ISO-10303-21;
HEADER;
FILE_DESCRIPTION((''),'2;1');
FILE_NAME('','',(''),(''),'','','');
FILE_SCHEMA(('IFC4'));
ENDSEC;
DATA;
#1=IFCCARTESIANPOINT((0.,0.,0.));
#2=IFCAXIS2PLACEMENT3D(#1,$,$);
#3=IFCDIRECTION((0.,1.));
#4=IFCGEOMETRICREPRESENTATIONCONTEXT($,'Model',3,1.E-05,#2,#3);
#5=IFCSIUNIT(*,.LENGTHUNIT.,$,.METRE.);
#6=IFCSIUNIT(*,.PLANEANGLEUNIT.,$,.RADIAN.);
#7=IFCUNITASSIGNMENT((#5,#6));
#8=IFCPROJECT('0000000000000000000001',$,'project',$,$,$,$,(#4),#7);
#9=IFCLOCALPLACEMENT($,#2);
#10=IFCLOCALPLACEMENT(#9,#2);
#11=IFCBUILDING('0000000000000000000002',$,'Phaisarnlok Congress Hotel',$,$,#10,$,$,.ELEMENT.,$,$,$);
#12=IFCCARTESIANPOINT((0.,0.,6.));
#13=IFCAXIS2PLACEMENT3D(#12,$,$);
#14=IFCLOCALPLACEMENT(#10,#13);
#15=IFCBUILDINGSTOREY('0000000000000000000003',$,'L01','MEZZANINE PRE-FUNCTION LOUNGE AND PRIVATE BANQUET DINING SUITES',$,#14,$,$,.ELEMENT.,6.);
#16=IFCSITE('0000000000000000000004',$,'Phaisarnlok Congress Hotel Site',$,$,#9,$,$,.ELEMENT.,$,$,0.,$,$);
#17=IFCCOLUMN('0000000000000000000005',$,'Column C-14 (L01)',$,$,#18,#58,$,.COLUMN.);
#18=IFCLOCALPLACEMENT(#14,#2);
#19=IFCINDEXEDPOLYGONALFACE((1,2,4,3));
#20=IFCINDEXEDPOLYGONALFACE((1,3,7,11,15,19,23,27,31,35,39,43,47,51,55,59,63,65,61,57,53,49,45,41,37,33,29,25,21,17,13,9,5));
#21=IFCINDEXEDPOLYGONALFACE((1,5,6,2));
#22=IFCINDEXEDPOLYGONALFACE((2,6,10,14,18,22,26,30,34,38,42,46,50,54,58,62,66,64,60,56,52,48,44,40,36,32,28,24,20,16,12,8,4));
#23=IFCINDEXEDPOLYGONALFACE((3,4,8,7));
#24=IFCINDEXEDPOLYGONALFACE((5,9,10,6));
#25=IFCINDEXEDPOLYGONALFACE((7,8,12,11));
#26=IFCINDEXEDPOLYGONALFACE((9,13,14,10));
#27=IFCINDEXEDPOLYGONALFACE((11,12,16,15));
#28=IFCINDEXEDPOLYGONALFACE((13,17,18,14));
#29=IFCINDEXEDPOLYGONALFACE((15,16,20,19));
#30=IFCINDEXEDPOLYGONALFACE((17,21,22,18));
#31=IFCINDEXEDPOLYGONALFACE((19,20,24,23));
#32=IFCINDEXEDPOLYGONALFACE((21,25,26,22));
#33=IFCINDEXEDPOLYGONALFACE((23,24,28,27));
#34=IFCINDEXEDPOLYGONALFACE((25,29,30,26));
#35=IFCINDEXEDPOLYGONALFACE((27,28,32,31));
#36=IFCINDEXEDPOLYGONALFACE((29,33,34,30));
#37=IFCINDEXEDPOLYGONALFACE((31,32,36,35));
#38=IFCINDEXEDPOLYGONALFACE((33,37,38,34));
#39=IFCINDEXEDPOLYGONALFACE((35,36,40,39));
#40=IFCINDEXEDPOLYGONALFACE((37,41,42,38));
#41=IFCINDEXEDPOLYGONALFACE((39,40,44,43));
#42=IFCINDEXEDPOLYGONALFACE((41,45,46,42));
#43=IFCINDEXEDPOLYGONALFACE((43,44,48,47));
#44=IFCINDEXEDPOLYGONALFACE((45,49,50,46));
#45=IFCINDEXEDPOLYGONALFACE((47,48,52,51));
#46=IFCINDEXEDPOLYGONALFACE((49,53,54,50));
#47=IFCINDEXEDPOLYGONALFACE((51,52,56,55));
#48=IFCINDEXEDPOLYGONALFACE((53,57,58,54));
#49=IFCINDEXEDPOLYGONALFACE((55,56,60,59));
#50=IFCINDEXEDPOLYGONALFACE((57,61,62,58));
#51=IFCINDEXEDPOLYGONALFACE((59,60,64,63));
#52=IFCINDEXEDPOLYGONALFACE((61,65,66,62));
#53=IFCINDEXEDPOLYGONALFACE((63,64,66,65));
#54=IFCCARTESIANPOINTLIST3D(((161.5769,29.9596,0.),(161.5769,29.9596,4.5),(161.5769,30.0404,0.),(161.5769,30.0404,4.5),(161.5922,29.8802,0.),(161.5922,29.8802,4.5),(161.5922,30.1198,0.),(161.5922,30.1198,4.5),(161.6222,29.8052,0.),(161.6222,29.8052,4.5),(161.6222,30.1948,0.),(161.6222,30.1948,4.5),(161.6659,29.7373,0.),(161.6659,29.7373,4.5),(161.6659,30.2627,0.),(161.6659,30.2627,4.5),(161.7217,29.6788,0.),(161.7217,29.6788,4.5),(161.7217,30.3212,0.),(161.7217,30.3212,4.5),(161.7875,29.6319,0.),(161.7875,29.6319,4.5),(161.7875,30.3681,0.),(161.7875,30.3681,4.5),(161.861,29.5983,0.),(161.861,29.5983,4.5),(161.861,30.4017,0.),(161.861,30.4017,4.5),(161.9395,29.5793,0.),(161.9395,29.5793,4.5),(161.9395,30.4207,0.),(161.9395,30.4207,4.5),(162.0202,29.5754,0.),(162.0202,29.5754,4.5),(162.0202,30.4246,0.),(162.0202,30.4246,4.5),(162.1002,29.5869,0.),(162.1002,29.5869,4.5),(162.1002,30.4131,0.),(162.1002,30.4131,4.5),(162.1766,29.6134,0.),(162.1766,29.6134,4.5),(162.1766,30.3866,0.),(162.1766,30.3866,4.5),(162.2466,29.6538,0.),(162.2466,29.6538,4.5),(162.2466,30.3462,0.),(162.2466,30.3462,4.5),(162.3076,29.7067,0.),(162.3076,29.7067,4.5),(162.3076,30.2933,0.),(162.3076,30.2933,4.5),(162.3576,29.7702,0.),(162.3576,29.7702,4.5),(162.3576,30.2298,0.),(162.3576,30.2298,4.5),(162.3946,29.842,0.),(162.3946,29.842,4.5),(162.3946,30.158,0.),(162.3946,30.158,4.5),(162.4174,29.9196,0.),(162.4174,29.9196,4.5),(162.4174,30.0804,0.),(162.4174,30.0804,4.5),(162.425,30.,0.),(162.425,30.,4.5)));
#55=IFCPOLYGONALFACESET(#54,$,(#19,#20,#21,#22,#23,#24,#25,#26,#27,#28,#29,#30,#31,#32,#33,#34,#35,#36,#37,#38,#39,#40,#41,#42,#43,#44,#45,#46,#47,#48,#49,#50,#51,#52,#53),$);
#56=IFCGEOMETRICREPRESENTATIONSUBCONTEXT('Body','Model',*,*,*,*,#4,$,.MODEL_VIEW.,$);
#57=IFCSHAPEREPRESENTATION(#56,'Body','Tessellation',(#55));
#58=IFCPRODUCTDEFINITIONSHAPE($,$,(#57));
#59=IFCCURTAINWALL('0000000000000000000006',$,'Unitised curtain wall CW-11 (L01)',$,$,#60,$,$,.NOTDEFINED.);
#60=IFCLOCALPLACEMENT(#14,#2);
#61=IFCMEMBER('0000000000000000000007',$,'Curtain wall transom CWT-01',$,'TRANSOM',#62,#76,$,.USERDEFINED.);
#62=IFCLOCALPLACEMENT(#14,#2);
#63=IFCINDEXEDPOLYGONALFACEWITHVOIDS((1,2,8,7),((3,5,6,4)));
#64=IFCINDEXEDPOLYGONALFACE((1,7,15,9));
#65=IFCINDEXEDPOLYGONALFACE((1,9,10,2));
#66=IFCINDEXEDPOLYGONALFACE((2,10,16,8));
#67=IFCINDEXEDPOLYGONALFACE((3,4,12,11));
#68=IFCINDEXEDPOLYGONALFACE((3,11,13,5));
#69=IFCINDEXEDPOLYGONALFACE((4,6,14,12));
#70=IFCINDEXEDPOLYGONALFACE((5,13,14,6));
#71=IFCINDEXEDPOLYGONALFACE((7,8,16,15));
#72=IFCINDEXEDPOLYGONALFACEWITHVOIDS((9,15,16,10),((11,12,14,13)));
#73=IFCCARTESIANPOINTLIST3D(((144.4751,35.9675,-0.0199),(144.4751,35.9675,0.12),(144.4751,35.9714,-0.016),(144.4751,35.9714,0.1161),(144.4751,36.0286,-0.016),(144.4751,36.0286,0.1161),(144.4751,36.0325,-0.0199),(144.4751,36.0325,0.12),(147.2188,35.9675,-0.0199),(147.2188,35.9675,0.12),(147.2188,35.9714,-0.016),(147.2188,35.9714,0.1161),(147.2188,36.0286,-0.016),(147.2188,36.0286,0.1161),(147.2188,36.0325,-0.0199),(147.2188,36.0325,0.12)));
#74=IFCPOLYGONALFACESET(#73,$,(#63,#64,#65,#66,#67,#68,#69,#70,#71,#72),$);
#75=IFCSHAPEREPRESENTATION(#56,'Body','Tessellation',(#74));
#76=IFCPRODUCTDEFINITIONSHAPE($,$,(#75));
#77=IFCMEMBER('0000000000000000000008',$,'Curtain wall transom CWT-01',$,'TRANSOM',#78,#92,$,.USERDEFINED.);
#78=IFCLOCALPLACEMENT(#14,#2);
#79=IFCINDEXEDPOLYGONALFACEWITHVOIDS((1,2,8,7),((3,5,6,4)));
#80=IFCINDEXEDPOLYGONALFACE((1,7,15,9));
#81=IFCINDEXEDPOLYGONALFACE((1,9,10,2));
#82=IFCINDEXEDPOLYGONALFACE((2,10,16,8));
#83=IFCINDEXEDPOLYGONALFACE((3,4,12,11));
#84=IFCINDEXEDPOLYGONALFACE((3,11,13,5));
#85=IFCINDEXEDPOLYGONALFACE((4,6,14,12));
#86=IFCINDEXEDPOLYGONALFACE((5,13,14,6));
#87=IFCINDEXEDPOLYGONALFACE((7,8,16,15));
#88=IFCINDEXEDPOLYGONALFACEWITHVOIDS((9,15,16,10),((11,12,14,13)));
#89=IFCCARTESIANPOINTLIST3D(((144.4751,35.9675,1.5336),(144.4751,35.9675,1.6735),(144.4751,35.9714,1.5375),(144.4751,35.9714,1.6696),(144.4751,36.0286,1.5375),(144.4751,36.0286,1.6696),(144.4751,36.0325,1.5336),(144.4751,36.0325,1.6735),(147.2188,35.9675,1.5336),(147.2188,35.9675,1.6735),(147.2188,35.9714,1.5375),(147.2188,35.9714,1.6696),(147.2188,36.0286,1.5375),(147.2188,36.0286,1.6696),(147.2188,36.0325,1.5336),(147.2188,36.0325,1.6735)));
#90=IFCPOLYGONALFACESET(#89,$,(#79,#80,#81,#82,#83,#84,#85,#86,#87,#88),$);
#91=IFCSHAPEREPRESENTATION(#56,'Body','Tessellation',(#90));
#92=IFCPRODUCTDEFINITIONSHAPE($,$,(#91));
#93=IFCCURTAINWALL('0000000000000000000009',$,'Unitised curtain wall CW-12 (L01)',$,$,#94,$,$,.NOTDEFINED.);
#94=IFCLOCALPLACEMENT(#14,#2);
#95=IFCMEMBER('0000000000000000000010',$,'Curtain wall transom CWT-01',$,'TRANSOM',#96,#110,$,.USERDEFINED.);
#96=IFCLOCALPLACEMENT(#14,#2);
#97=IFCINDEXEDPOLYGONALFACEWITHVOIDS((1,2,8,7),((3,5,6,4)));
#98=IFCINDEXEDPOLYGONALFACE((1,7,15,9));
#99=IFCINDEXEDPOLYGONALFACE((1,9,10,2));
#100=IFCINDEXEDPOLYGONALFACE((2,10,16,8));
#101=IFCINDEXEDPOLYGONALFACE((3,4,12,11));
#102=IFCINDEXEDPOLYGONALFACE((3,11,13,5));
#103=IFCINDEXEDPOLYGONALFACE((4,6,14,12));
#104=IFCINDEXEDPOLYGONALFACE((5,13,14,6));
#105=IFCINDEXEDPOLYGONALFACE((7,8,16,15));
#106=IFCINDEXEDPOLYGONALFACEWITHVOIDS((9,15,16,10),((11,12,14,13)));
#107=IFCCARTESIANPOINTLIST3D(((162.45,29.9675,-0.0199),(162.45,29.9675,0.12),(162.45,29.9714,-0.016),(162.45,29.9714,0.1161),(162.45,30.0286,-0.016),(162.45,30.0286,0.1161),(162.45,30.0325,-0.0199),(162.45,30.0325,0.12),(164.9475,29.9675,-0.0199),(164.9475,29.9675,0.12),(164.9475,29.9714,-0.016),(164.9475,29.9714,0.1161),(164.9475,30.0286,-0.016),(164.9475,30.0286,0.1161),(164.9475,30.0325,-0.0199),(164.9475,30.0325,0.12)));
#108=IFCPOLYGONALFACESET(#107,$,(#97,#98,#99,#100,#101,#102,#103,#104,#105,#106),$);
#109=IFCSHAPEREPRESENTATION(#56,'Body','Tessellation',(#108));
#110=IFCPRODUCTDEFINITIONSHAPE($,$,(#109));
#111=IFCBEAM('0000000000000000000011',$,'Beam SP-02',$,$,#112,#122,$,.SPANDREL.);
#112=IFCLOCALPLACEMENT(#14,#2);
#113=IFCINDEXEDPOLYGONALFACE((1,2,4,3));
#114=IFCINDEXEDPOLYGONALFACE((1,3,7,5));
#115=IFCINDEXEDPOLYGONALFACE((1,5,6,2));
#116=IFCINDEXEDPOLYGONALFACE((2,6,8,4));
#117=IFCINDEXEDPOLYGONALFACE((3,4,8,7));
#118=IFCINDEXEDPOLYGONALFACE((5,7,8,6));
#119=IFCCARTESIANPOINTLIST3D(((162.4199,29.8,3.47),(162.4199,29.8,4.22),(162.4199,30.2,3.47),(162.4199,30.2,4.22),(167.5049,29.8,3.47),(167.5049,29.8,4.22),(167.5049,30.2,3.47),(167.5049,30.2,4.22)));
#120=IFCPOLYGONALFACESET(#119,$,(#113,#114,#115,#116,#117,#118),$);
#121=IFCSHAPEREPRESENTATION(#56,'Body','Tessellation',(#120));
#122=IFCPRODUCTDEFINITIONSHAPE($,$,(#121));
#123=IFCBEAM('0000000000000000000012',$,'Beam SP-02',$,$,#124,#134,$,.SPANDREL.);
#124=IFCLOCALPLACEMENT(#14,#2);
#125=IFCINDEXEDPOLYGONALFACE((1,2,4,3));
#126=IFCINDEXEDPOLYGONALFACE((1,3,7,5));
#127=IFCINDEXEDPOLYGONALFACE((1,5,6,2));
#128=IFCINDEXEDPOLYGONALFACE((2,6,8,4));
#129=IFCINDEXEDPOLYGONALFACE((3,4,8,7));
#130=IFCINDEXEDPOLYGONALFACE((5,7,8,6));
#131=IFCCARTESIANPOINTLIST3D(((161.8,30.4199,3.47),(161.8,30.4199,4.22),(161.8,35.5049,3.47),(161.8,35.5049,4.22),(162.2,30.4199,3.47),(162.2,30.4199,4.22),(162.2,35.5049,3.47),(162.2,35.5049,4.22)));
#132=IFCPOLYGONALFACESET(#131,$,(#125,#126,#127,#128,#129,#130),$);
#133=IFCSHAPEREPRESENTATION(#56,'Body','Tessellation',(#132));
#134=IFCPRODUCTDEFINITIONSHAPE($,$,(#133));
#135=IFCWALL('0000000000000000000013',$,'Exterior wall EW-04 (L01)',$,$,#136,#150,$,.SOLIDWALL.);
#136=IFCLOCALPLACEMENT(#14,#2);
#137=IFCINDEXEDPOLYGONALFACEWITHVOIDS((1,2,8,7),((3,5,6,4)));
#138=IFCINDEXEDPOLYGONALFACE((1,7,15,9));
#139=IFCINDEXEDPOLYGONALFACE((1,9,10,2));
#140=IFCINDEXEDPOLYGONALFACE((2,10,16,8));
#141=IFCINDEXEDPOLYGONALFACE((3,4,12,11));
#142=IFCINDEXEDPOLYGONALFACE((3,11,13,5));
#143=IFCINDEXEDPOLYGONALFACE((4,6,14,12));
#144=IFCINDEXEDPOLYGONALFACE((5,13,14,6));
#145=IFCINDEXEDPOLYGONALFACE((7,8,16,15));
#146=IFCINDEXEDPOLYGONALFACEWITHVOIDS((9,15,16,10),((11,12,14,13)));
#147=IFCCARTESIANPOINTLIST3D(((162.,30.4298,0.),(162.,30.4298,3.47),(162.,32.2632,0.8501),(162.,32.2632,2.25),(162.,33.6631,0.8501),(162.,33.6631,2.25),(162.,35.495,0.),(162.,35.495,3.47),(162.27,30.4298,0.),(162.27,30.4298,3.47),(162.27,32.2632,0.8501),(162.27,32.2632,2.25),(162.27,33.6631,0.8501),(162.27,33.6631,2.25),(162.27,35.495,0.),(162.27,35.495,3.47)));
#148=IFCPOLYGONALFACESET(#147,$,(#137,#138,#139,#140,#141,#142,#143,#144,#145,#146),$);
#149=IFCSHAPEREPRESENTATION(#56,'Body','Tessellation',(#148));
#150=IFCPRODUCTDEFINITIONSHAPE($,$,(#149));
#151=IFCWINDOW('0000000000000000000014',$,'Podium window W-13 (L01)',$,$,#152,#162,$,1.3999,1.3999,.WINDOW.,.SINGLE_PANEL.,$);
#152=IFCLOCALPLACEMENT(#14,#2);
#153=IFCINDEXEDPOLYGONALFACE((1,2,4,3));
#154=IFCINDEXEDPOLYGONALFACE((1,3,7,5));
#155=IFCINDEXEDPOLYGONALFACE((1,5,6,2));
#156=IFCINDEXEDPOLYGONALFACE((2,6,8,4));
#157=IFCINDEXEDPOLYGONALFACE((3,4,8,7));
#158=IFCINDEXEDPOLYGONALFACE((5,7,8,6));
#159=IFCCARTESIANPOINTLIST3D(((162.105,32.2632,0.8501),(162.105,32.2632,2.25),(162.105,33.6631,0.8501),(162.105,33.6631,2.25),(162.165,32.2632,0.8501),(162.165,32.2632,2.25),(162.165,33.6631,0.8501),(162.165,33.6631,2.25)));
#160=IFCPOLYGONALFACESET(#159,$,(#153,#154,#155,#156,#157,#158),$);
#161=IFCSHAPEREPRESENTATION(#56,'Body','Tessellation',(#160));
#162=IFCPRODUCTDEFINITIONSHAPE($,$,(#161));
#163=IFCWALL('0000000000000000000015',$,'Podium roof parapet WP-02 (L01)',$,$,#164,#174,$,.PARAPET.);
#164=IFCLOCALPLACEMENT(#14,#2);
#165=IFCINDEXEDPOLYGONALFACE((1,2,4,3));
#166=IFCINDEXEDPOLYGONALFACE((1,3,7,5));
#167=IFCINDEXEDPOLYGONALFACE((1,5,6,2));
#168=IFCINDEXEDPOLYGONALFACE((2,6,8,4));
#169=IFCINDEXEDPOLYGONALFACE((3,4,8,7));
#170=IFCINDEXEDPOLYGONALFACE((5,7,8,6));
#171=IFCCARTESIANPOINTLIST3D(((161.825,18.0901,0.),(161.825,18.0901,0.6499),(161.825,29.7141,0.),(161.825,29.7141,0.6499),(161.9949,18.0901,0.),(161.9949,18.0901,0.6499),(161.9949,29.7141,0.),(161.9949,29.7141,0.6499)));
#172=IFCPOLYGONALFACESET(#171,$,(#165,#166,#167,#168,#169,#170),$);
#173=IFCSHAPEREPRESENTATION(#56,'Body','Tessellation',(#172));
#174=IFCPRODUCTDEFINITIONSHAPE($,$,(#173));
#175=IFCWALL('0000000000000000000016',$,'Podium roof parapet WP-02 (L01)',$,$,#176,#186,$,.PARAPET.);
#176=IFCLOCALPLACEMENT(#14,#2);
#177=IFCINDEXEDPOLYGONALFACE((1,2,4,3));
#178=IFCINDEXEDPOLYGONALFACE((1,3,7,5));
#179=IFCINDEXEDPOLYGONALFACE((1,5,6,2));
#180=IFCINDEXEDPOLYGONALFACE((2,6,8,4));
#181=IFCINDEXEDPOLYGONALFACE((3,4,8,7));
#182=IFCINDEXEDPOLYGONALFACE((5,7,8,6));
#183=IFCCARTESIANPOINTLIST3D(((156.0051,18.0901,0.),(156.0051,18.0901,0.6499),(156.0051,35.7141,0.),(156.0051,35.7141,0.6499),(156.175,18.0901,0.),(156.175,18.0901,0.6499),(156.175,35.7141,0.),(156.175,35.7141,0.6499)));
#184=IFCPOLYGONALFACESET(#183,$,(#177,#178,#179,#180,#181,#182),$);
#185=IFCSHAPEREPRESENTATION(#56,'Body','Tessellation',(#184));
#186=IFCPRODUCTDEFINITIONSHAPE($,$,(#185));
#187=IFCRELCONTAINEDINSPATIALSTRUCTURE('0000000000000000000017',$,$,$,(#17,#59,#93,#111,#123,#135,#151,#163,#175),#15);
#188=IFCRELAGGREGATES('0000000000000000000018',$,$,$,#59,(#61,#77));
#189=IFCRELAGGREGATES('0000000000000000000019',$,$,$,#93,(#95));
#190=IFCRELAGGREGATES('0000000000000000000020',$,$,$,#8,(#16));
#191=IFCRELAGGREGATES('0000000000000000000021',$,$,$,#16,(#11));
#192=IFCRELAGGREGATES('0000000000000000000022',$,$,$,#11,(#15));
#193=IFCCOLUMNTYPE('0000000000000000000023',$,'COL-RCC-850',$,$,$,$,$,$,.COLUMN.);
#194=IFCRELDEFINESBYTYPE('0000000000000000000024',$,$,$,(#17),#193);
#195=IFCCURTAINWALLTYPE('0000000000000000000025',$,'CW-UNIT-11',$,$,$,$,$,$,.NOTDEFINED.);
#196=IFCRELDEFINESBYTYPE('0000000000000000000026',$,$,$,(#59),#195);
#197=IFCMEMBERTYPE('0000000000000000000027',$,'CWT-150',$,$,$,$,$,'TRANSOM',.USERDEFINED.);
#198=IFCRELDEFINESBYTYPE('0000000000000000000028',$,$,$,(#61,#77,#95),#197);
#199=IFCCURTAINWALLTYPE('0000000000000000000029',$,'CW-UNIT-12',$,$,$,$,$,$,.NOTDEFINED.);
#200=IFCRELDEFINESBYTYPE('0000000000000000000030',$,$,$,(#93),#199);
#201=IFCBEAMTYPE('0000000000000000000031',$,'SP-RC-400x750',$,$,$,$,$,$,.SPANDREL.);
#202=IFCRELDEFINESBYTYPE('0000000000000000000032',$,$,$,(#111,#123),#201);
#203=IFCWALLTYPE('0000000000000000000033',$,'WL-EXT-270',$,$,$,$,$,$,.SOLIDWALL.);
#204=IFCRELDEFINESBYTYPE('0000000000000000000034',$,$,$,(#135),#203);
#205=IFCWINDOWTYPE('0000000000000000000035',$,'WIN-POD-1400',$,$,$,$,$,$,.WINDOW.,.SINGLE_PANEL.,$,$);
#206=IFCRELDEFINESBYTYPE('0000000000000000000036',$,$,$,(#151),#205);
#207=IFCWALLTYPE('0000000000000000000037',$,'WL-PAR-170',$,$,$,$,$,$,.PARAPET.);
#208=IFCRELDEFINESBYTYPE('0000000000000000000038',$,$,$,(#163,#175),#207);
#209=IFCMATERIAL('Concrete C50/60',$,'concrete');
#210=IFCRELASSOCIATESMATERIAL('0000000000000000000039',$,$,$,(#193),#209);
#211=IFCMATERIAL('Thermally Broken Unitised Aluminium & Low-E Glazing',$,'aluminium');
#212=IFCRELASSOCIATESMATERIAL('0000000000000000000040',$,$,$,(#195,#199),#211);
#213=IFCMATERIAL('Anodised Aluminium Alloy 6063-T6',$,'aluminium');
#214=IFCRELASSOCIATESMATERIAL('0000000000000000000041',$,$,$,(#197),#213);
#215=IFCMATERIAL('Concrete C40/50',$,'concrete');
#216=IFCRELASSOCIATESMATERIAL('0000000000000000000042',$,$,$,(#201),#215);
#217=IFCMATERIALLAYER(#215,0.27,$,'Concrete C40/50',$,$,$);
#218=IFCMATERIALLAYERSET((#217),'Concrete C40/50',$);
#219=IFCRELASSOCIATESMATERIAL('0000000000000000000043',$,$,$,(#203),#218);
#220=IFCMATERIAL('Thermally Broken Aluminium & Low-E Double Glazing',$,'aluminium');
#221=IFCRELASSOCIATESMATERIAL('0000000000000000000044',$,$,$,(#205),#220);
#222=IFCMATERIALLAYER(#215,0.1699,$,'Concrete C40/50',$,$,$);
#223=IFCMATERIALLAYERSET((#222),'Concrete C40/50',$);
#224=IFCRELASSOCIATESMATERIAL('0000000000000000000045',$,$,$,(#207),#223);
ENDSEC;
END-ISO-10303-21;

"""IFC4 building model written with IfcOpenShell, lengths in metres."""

from ifc_helpers import new_model, si_unit, direction, frame, frame_2d, origin, origin_2d, place, context, subcontext, project, spatial, rectangle, hollow_rectangle, circle, extrude, material, layer, layer_set, material_profile, profile_set, type_object, element, fill, aggregate, save


model = new_model("IFC4")

# Units and contexts
model_context = context("Model", 3, precision=1e-05, world=origin(), true_north=direction((0.0, 1.0)))
body_context = subcontext(model_context, "Body", "Model", "MODEL_VIEW")
ifc_project = project(units=[si_unit("LENGTHUNIT", "METRE"), si_unit("PLANEANGLEUNIT", "RADIAN")], contexts=[model_context])

# Site, building, storey
site_placement = place(None, origin())
site = spatial("IfcSite", under=ifc_project, at=site_placement, Name="Phaisarnlok Congress Hotel Site", CompositionType="ELEMENT", RefElevation=0.0)
building_placement = place(site_placement, origin())
building = spatial("IfcBuilding", under=site, at=building_placement, Name="Phaisarnlok Congress Hotel", CompositionType="ELEMENT")
storey_placement = place(building_placement, frame((0.0, 0.0, 6.0)))
storey = spatial("IfcBuildingStorey", under=building, at=storey_placement, Name="L01", Description="MEZZANINE PRE-FUNCTION LOUNGE AND PRIVATE BANQUET DINING SUITES", CompositionType="ELEMENT", Elevation=6.0)

# Column
ifc_material_1 = material(Name="Concrete C50/60", Category="concrete")
ifc_material_profile_1 = material_profile(ifc_material_1, circle(Radius=0.425, at=origin_2d()), Name="RCC D850")
ifc_profile_set_1 = profile_set([ifc_material_profile_1], Name="Concrete C50/60")
column_type = type_object("IfcColumnType", Name="COL-RCC-850", PredefinedType="COLUMN", material=ifc_profile_set_1)
column_placement = place(storey_placement, frame((162.0, 30.0, 0.0), z_axis=(0.0, 0.0, 1.0), x_axis=(1.0, 0.0, 0.0)))
element("IfcColumn", 1, at=column_placement, inside=storey, type_object=column_type, Name="Column C-14 (L01)", PredefinedType="COLUMN", context=body_context, shape_type="SweptSolid", body=[
    extrude(circle(Radius=0.425, at=origin_2d()), origin(), (0.0, 0.0, 1.0), 4.5),
])

# Curtain wall, members
ifc_material_2 = material(Name="Thermally Broken Unitised Aluminium & Low-E Glazing", Category="aluminium")
curtain_wall_type_1 = type_object("IfcCurtainWallType", Name="CW-UNIT-11", PredefinedType="NOTDEFINED", material=ifc_material_2)
curtain_wall_1_placement = place(storey_placement, origin())
curtain_wall_1 = element("IfcCurtainWall", 2, at=curtain_wall_1_placement, inside=storey, type_object=curtain_wall_type_1, Name="Unitised curtain wall CW-11 (L01)", PredefinedType="NOTDEFINED")
ifc_material_3 = material(Name="Anodised Aluminium Alloy 6063-T6", Category="aluminium")
ifc_material_profile_2 = material_profile(ifc_material_3, hollow_rectangle(XDim=0.0649, YDim=0.1399, WallThickness=0.0039, at=origin_2d()), Name="ALU-T 65x140x4")
ifc_profile_set_2 = profile_set([ifc_material_profile_2], Name="Anodised Aluminium Alloy 6063-T6")
member_type = type_object("IfcMemberType", Name="CWT-150", ElementType="TRANSOM", PredefinedType="USERDEFINED", material=ifc_profile_set_2)
member_1_placement = place(storey_placement, frame((144.4751, 36.0, 0.05), z_axis=(1.0, 0.0, 0.0), x_axis=(0.0, 1.0, 0.0)))
member_1 = element("IfcMember", 3, at=member_1_placement, type_object=member_type, Name="Curtain wall transom CWT-01", ObjectType="TRANSOM", PredefinedType="USERDEFINED", context=body_context, shape_type="SweptSolid", body=[
    extrude(hollow_rectangle(XDim=0.0649, YDim=0.1399, WallThickness=0.0039, at=origin_2d()), origin(), (0.0, 0.0, 1.0), 2.7437),
])
member_2_placement = place(storey_placement, frame((144.4751, 36.0, 1.6035), z_axis=(1.0, 0.0, 0.0), x_axis=(0.0, 1.0, 0.0)))
member_2 = element("IfcMember", 4, at=member_2_placement, type_object=member_type, Name="Curtain wall transom CWT-01", ObjectType="TRANSOM", PredefinedType="USERDEFINED", context=body_context, shape_type="SweptSolid", body=[
    extrude(hollow_rectangle(XDim=0.0649, YDim=0.1399, WallThickness=0.0039, at=origin_2d()), origin(), (0.0, 0.0, 1.0), 2.7437),
])
aggregate(curtain_wall_1, [member_1, member_2])

# Curtain wall, member
curtain_wall_type_2 = type_object("IfcCurtainWallType", Name="CW-UNIT-12", PredefinedType="NOTDEFINED", material=ifc_material_2)
curtain_wall_2_placement = place(storey_placement, origin())
curtain_wall_2 = element("IfcCurtainWall", 5, at=curtain_wall_2_placement, inside=storey, type_object=curtain_wall_type_2, Name="Unitised curtain wall CW-12 (L01)", PredefinedType="NOTDEFINED")
member_3_placement = place(storey_placement, frame((162.45, 30.0, 0.05), z_axis=(1.0, 0.0, 0.0), x_axis=(0.0, 1.0, 0.0)))
member_3 = element("IfcMember", 6, at=member_3_placement, type_object=member_type, Name="Curtain wall transom CWT-01", ObjectType="TRANSOM", PredefinedType="USERDEFINED", context=body_context, shape_type="SweptSolid", body=[
    extrude(hollow_rectangle(XDim=0.0649, YDim=0.1399, WallThickness=0.0039, at=origin_2d()), origin(), (0.0, 0.0, 1.0), 2.4976),
])
aggregate(curtain_wall_2, [member_3])

# Beams
ifc_material_4 = material(Name="Concrete C40/50", Category="concrete")
ifc_material_profile_3 = material_profile(ifc_material_4, rectangle(XDim=0.3999, YDim=0.75, at=origin_2d()), Name="RC 400x750")
ifc_profile_set_3 = profile_set([ifc_material_profile_3], Name="Concrete C40/50")
beam_type = type_object("IfcBeamType", Name="SP-RC-400x750", PredefinedType="SPANDREL", material=ifc_profile_set_3)
for number, where, z_axis, x_axis, name in (
    (7, (162.4199, 30.0, 3.845), (1.0, 0.0, 0.0), (0.0, 1.0, 0.0), "Beam SP-02"),
    (8, (162.0, 30.4199, 3.845), (0.0, 1.0, 0.0), (-1.0, 0.0, 0.0), "Beam SP-02"),
):
    element("IfcBeam", number, at=place(storey_placement, frame(where, z_axis=z_axis, x_axis=x_axis)), inside=storey, type_object=beam_type, Name=name, PredefinedType="SPANDREL", context=body_context, shape_type="SweptSolid", body=[
        extrude(rectangle(XDim=0.3999, YDim=0.75, at=origin_2d()), origin(), (0.0, 0.0, 1.0), 5.085),
    ])

# Wall, opening, window
ifc_layer_1 = layer(ifc_material_4, 0.27, Name="Concrete C40/50")
ifc_layer_set_1 = layer_set([ifc_layer_1], Name="Concrete C40/50")
wall_type_1 = type_object("IfcWallType", Name="WL-EXT-270", PredefinedType="SOLIDWALL", material=ifc_layer_set_1)
wall_1_placement = place(storey_placement, frame((162.135, 35.4951, 0.0), z_axis=(0.0, 0.0, 1.0), x_axis=(0.0, -1.0, 0.0)))
wall_1 = element("IfcWall", 9, at=wall_1_placement, inside=storey, type_object=wall_type_1, Name="Exterior wall EW-04 (L01)", PredefinedType="SOLIDWALL", context=body_context, shape_type="SweptSolid", body=[
    extrude(rectangle(XDim=5.0652, YDim=0.27, at=frame_2d((2.5327, 0.0))), origin(), (0.0, 0.0, 1.0), 3.47),
])
opening_placement = place(wall_1_placement, frame((1.832, 0.0, 0.8501)))
opening = element("IfcOpeningElement", 10, at=opening_placement, cuts=wall_1, PredefinedType="OPENING", context=body_context, shape_type="SweptSolid", body=[
    extrude(rectangle(XDim=1.3999, YDim=1.3999, at=frame_2d((0.7, 0.7))), frame((0.0, 0.145, 0.0), z_axis=(0.0, -1.0, 0.0), x_axis=(1.0, 0.0, 0.0)), (0.0, 0.0, 1.0), 0.29),
])
ifc_material_5 = material(Name="Thermally Broken Aluminium & Low-E Double Glazing", Category="aluminium")
window_type = type_object("IfcWindowType", Name="WIN-POD-1400", PartitioningType="SINGLE_PANEL", PredefinedType="WINDOW", material=ifc_material_5)
window_placement = place(opening_placement, origin())
window = element("IfcWindow", 11, at=window_placement, inside=storey, type_object=window_type, Name="Podium window W-13 (L01)", OverallHeight=1.3999, OverallWidth=1.3999, PartitioningType="SINGLE_PANEL", PredefinedType="WINDOW", context=body_context, shape_type="SweptSolid", body=[
    extrude(rectangle(XDim=1.3999, YDim=1.3999, at=frame_2d((0.7, 0.7))), frame((0.0, 0.03, 0.0), z_axis=(0.0, -1.0, 0.0), x_axis=(1.0, 0.0, 0.0)), (0.0, 0.0, 1.0), 0.0601),
])
fill(opening, window)

# Walls
ifc_layer_2 = layer(ifc_material_4, 0.1699, Name="Concrete C40/50")
ifc_layer_set_2 = layer_set([ifc_layer_2], Name="Concrete C40/50")
wall_type_2 = type_object("IfcWallType", Name="WL-PAR-170", PredefinedType="PARAPET", material=ifc_layer_set_2)
wall_2_placement = place(storey_placement, frame((161.9099, 18.0901, 0.0), z_axis=(0.0, 0.0, 1.0), x_axis=(0.0, 1.0, 0.0)))
element("IfcWall", 12, at=wall_2_placement, inside=storey, type_object=wall_type_2, Name="Podium roof parapet WP-02 (L01)", PredefinedType="PARAPET", context=body_context, shape_type="SweptSolid", body=[
    extrude(rectangle(XDim=11.624, YDim=0.1699, at=frame_2d((5.812, 0.0))), origin(), (0.0, 0.0, 1.0), 0.6499),
])
wall_3_placement = place(storey_placement, frame((156.0901, 35.7141, 0.0), z_axis=(0.0, 0.0, 1.0), x_axis=(0.0, -1.0, 0.0)))
element("IfcWall", 13, at=wall_3_placement, inside=storey, type_object=wall_type_2, Name="Podium roof parapet WP-02 (L01)", PredefinedType="PARAPET", context=body_context, shape_type="SweptSolid", body=[
    extrude(rectangle(XDim=17.624, YDim=0.1699, at=frame_2d((8.812, 0.0))), origin(), (0.0, 0.0, 1.0), 0.6499),
])

save(model, "model.ifc")
